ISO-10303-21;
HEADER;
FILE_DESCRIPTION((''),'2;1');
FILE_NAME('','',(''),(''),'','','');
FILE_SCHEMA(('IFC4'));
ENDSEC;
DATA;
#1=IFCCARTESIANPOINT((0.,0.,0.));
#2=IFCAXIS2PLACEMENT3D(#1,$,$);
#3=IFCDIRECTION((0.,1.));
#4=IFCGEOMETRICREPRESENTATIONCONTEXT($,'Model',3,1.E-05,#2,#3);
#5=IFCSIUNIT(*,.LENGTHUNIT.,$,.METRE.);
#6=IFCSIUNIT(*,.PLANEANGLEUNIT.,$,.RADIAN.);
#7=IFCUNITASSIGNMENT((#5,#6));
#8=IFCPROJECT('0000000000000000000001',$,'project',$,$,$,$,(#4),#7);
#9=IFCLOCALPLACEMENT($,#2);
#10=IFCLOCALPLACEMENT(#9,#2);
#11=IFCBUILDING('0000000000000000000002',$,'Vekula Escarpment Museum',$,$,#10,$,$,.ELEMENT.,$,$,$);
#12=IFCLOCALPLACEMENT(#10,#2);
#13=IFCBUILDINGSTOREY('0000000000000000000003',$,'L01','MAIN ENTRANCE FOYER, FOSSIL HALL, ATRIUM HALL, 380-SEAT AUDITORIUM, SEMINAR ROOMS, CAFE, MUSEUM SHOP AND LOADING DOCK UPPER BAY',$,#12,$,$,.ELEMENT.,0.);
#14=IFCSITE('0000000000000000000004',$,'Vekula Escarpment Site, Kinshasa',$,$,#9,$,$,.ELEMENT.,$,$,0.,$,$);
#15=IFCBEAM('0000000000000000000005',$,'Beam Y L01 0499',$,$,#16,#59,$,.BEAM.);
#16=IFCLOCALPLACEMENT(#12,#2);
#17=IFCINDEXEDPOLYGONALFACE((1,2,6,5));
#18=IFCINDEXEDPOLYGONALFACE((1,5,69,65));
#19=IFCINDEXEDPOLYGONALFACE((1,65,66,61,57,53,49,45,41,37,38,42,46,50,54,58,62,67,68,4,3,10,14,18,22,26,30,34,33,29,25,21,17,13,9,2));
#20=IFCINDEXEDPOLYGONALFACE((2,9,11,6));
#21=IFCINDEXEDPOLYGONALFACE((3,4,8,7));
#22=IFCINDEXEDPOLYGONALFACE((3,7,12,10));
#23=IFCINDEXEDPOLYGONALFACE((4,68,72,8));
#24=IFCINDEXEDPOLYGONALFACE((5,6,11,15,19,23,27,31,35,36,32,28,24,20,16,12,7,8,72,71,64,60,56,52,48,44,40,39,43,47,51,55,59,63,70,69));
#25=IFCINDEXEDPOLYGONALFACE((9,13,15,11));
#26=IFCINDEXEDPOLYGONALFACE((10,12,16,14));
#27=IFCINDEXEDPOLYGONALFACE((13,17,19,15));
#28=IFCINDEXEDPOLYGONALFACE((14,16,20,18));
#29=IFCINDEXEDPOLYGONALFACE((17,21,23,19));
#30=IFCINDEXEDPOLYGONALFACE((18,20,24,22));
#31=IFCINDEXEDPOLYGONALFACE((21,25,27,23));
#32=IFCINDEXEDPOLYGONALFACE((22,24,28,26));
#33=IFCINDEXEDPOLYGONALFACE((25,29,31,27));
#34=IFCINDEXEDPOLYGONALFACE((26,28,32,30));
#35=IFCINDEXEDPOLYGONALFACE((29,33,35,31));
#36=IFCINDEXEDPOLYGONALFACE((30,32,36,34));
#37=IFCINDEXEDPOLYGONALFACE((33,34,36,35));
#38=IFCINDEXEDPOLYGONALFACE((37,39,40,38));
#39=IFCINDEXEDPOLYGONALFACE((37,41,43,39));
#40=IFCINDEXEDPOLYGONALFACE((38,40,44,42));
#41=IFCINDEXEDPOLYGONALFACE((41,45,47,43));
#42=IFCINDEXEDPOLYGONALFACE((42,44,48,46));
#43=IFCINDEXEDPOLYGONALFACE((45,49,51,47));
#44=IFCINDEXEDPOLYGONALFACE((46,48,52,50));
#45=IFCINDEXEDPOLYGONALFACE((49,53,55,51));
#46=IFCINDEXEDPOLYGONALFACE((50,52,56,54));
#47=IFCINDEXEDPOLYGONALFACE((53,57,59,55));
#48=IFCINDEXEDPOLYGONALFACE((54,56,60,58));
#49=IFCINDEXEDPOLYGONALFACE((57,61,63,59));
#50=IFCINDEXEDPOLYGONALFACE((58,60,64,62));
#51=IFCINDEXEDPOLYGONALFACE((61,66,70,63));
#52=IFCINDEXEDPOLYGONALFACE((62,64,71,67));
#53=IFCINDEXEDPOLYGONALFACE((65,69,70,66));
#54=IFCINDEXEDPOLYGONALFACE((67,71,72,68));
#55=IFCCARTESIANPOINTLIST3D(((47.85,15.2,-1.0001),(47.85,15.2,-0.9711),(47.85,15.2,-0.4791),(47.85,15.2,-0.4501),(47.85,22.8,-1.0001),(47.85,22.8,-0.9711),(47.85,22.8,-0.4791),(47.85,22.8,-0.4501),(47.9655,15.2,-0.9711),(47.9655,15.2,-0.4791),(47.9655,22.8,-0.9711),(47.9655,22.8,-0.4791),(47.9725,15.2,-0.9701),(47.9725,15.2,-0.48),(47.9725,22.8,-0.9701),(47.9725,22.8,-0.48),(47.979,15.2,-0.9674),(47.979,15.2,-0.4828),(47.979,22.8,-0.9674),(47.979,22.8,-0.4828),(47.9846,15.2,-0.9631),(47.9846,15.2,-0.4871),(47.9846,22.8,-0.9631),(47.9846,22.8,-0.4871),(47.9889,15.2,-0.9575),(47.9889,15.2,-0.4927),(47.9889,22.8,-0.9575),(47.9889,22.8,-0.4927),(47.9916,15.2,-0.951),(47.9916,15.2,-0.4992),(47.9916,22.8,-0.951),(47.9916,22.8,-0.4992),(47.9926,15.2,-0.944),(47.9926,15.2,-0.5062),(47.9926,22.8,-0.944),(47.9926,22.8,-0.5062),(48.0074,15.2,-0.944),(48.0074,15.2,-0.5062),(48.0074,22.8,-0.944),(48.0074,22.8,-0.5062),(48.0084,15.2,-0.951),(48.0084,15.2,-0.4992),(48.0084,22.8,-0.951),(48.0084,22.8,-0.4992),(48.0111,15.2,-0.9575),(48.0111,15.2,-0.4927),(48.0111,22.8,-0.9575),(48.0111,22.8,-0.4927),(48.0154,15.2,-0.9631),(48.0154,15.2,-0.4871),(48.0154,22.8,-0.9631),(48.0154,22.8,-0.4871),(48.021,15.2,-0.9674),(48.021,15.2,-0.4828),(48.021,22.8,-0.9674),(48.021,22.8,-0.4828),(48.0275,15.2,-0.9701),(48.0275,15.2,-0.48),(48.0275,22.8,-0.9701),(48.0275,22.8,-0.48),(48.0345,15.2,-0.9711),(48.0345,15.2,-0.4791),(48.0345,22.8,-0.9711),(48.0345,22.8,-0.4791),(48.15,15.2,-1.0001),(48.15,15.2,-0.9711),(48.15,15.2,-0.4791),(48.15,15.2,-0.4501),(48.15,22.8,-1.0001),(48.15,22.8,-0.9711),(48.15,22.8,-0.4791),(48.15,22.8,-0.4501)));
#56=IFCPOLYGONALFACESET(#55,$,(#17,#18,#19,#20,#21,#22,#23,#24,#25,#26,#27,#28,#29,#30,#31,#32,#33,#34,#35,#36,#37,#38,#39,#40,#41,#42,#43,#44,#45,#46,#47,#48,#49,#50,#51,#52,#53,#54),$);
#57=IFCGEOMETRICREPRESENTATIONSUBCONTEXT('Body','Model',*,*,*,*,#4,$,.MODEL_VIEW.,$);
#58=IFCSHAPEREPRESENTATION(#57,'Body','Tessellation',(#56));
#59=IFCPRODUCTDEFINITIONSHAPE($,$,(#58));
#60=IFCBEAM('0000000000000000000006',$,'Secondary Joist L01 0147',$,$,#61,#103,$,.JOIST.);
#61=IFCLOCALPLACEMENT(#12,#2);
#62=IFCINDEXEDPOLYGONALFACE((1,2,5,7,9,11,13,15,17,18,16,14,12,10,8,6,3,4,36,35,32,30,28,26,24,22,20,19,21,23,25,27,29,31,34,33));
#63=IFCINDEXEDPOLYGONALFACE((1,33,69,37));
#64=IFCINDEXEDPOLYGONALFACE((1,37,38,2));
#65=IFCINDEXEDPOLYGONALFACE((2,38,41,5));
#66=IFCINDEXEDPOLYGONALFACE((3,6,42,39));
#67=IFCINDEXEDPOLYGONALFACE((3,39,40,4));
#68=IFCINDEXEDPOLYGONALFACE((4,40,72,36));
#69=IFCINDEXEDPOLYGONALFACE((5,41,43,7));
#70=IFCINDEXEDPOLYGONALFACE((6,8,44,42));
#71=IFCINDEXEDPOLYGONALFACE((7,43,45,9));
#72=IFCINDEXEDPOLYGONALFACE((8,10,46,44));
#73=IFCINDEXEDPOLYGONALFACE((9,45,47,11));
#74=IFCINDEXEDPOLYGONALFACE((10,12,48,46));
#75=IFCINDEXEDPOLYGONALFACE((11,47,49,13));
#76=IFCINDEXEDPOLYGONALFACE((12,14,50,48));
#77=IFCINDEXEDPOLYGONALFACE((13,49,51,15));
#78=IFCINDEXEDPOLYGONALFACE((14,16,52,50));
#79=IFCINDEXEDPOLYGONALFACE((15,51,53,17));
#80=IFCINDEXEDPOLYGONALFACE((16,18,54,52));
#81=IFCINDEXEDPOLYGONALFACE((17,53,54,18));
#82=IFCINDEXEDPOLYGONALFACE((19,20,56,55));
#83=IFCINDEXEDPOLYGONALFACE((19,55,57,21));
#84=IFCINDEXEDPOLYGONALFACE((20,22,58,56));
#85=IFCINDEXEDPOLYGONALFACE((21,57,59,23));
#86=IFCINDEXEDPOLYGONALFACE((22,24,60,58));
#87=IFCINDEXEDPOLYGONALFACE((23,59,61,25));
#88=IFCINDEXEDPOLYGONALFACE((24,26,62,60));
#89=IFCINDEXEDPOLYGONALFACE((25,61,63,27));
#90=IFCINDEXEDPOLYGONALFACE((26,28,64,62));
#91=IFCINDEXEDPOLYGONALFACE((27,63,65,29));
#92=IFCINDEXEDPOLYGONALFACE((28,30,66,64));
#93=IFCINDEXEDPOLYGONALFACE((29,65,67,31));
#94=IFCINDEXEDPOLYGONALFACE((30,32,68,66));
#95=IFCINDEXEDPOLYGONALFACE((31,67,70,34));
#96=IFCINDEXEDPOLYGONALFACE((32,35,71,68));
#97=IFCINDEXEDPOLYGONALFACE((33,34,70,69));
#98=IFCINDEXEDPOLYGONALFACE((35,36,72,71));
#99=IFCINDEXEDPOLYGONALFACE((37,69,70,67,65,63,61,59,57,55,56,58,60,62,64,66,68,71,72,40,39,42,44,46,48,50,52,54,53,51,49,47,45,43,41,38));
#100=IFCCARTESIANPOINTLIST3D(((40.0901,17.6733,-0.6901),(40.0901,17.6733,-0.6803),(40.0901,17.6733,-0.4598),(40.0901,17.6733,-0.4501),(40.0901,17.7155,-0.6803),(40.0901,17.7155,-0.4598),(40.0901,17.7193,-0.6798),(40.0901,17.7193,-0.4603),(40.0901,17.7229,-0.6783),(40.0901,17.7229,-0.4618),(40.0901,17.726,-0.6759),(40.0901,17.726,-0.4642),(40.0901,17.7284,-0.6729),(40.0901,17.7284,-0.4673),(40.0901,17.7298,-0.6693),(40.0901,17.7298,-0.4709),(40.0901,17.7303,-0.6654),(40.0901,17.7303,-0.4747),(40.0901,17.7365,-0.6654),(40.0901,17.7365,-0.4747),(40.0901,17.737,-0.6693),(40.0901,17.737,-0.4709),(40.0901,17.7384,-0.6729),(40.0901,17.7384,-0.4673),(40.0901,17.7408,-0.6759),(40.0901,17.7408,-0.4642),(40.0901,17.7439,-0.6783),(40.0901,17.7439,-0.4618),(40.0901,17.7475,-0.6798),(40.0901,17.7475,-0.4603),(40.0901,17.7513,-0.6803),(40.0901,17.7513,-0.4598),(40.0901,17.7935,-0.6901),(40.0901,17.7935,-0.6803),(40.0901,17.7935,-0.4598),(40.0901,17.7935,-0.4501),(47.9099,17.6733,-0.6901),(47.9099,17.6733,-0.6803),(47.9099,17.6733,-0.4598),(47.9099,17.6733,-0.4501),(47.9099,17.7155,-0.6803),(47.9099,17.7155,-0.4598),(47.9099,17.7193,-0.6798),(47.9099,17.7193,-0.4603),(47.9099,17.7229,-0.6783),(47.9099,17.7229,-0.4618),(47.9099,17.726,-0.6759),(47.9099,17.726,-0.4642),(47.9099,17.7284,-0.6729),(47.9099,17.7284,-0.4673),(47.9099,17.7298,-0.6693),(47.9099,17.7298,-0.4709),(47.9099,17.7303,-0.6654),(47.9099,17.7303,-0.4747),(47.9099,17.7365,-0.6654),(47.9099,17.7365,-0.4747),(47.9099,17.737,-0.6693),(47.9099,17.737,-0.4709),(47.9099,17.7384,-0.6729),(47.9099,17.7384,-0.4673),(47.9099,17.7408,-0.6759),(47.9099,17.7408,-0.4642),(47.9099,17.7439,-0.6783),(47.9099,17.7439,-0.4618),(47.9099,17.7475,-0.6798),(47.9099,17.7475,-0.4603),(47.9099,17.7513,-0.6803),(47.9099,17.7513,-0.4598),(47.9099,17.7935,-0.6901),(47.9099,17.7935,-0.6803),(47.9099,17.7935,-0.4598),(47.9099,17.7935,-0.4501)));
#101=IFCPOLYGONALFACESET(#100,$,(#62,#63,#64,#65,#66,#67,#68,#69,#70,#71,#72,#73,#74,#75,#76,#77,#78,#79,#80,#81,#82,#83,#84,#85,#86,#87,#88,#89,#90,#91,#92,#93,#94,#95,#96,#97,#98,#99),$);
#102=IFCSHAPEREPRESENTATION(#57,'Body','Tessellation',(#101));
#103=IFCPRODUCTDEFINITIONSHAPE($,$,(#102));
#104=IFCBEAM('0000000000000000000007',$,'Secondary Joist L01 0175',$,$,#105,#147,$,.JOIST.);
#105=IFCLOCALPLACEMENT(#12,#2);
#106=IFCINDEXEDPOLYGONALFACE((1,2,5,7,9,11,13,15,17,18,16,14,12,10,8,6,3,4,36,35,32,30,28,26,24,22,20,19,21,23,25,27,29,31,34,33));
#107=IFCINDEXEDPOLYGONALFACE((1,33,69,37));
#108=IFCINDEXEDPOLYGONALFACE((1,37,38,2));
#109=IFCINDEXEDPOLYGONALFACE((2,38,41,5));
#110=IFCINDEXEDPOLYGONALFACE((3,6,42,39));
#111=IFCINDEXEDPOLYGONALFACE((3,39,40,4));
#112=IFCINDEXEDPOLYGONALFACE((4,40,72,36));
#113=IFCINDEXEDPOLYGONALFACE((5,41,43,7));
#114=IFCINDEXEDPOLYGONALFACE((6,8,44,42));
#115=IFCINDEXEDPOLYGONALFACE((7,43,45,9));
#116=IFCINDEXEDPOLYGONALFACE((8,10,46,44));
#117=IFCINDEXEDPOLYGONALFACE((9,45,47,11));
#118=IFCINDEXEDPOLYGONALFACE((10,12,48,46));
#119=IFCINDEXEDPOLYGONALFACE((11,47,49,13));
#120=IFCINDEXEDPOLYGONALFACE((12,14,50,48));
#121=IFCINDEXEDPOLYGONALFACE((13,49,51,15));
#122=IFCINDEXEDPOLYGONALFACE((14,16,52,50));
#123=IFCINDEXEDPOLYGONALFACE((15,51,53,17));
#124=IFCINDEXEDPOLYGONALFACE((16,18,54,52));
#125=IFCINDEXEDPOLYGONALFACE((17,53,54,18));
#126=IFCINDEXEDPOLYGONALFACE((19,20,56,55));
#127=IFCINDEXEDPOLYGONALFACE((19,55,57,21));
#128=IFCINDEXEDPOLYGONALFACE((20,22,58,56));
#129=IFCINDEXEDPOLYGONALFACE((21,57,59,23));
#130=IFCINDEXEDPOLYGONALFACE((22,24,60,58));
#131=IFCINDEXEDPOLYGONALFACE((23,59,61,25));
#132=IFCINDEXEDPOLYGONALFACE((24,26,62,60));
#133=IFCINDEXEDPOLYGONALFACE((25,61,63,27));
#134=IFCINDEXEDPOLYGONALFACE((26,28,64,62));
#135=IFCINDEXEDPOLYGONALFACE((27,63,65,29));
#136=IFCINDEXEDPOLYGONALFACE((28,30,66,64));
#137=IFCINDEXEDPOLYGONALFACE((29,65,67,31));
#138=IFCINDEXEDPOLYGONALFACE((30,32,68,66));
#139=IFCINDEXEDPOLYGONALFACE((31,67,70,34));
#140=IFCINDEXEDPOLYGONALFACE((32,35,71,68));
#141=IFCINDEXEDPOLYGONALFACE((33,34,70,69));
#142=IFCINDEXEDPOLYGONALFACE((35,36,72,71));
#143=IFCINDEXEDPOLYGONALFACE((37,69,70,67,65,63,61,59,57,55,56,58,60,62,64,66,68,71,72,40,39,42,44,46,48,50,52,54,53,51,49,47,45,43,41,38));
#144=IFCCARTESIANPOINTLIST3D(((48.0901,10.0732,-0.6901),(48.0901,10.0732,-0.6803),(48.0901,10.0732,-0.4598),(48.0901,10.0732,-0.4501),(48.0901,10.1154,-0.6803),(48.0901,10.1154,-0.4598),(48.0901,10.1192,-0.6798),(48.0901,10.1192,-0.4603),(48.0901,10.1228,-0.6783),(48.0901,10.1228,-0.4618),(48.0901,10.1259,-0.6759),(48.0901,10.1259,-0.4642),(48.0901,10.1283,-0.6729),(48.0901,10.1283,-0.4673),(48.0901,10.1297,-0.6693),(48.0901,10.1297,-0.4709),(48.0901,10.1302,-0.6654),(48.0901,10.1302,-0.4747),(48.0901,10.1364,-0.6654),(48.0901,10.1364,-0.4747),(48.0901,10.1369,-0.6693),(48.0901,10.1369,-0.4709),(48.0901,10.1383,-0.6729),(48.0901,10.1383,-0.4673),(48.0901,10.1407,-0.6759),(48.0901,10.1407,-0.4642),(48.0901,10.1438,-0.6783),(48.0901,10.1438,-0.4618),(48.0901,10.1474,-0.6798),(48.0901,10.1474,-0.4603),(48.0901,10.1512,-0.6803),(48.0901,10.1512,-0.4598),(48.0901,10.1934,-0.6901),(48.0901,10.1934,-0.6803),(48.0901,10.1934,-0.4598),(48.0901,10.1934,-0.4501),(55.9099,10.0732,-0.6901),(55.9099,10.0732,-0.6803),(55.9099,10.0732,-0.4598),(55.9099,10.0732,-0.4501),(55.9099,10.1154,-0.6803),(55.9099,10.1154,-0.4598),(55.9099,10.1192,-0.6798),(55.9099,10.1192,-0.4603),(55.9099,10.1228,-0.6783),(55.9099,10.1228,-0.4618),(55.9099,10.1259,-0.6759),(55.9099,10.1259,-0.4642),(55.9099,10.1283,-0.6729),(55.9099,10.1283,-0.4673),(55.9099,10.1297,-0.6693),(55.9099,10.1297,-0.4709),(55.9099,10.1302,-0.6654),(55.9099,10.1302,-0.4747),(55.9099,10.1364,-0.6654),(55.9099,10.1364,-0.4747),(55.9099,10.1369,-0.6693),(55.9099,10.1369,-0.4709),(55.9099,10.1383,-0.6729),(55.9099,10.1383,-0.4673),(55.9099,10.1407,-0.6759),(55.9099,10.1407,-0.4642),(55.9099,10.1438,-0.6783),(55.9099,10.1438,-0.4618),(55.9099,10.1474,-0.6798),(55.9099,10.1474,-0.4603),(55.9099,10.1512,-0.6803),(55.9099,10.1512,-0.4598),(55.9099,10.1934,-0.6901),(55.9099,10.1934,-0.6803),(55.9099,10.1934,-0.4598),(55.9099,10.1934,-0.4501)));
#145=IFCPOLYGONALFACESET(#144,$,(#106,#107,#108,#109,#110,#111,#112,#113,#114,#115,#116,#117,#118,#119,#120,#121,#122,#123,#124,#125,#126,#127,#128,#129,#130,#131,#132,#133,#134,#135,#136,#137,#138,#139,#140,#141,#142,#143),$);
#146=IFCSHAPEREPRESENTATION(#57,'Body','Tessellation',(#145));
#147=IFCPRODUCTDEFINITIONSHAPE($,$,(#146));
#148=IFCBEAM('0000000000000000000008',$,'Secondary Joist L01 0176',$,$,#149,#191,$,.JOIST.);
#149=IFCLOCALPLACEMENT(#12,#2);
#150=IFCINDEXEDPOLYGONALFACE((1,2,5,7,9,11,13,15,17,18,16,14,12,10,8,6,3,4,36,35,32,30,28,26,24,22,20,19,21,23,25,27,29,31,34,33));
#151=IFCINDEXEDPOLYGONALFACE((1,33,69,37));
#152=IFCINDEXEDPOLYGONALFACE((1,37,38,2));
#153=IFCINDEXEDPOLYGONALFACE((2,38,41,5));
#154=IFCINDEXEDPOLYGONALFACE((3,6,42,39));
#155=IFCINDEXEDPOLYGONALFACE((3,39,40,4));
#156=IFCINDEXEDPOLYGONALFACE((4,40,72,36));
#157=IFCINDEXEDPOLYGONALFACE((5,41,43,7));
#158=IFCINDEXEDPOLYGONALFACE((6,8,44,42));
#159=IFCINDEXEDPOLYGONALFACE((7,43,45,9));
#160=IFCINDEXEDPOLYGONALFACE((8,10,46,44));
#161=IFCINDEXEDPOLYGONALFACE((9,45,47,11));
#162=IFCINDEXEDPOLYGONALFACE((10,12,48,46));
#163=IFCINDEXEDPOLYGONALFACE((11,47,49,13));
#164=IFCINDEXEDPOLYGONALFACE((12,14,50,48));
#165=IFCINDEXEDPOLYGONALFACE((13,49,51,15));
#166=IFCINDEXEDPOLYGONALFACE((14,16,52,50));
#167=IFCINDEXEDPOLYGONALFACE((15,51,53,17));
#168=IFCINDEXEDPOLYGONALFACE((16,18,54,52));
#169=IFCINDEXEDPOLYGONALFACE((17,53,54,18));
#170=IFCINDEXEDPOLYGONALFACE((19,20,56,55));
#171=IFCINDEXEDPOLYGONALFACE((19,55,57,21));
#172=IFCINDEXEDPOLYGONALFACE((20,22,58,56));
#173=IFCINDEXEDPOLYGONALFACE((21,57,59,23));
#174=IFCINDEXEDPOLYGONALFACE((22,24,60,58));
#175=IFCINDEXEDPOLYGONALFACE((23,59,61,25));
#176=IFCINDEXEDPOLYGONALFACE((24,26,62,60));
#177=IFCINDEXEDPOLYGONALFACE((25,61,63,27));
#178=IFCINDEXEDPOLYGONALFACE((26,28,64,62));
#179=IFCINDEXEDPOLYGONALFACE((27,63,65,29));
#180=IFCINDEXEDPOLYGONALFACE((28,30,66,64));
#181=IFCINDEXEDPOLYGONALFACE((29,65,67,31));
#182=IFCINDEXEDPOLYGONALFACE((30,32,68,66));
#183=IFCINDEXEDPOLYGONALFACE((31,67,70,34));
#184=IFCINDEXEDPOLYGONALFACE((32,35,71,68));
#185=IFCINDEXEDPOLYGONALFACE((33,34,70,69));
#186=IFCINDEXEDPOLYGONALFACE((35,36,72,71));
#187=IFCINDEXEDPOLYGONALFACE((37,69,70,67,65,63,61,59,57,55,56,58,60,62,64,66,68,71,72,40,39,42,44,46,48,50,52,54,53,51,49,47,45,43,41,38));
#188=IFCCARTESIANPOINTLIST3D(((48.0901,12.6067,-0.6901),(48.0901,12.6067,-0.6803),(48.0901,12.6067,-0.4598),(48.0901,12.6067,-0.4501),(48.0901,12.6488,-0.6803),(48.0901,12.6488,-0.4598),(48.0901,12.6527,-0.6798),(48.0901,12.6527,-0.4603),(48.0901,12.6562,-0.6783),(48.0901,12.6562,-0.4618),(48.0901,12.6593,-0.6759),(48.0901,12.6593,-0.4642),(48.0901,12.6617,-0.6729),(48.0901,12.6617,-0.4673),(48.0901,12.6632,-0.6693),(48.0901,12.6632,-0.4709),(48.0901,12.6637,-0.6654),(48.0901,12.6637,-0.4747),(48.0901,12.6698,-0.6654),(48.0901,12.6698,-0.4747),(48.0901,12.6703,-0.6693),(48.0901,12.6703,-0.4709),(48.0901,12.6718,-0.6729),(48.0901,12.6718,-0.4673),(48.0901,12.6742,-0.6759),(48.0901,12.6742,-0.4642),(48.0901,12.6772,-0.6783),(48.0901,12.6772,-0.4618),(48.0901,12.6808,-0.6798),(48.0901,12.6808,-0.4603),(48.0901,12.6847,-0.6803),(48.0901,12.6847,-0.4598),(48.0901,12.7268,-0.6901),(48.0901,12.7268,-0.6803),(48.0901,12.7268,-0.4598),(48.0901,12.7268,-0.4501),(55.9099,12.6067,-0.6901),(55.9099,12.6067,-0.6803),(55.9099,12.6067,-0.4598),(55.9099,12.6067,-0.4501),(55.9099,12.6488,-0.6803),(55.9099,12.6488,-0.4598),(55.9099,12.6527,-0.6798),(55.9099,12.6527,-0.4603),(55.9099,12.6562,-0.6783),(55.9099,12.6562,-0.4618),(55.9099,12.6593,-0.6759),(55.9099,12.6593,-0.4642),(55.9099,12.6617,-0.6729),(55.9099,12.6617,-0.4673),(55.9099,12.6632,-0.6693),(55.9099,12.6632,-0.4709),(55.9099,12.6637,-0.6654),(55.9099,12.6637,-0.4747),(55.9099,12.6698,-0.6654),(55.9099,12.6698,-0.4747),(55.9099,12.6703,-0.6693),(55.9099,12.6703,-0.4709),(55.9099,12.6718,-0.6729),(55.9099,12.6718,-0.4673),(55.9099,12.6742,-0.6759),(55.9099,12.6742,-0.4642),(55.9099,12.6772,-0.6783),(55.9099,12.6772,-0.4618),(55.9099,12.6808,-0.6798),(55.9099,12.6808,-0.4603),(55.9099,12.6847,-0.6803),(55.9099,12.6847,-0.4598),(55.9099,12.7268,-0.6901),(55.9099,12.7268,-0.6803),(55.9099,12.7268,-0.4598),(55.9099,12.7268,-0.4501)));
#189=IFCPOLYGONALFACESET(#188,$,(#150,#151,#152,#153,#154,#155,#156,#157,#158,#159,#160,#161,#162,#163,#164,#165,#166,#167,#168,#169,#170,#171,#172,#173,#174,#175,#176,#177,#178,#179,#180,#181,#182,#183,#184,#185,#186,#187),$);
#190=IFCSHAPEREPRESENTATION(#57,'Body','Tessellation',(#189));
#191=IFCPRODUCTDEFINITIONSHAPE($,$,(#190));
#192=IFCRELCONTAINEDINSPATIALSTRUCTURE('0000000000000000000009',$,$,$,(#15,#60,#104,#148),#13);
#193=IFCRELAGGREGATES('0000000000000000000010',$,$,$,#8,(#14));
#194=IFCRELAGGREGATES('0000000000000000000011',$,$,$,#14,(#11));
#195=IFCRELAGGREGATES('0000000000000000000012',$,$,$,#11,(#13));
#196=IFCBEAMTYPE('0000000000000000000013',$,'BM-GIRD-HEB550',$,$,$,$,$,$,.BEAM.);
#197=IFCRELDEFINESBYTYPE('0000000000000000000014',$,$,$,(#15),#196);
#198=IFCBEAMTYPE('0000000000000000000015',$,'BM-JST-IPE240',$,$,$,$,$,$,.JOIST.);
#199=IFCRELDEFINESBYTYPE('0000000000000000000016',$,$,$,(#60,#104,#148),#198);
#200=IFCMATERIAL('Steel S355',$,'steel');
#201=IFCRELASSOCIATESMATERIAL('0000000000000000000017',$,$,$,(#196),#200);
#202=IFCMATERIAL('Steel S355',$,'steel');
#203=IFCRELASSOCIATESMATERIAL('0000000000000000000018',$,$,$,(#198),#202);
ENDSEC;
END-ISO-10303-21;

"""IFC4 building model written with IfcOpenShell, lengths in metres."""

from ifc_helpers import new_model, si_unit, direction, frame, origin, origin_2d, place, context, subcontext, project, spatial, i_section, extrude, material, material_profile, profile_set, type_object, element, save


model = new_model("IFC4")

# Units and contexts
model_context = context("Model", 3, precision=1e-05, world=origin(), true_north=direction((0.0, 1.0)))
body_context = subcontext(model_context, "Body", "Model", "MODEL_VIEW")
ifc_project = project(units=[si_unit("LENGTHUNIT", "METRE"), si_unit("PLANEANGLEUNIT", "RADIAN")], contexts=[model_context])

# Site, building, storey
site_placement = place(None, origin())
site = spatial("IfcSite", under=ifc_project, at=site_placement, Name="Vekula Escarpment Site, Kinshasa", CompositionType="ELEMENT", RefElevation=0.0)
building_placement = place(site_placement, origin())
building = spatial("IfcBuilding", under=site, at=building_placement, Name="Vekula Escarpment Museum", CompositionType="ELEMENT")
storey_placement = place(building_placement, origin())
storey = spatial("IfcBuildingStorey", under=building, at=storey_placement, Name="L01", Description="MAIN ENTRANCE FOYER, FOSSIL HALL, ATRIUM HALL, 380-SEAT AUDITORIUM, SEMINAR ROOMS, CAFE, MUSEUM SHOP AND LOADING DOCK UPPER BAY", CompositionType="ELEMENT", Elevation=0.0)

# Beams
ifc_material_1 = material(Name="Steel S355", Category="steel")
ifc_material_profile_1 = material_profile(ifc_material_1, i_section(OverallWidth=0.3, OverallDepth=0.55, WebThickness=0.0149, FlangeThickness=0.0291, FilletRadius=0.0271, at=origin_2d()), Name="HEB 550")
ifc_profile_set_1 = profile_set([ifc_material_profile_1], Name="Steel S355")
beam_type_1 = type_object("IfcBeamType", Name="BM-GIRD-HEB550", PredefinedType="BEAM", material=ifc_profile_set_1)
beam_1_placement = place(storey_placement, frame((48.0, 15.2, -0.7251), z_axis=(0.0, 1.0, 0.0), x_axis=(-1.0, 0.0, 0.0)))
element("IfcBeam", 1, at=beam_1_placement, inside=storey, type_object=beam_type_1, Name="Beam Y L01 0499", PredefinedType="BEAM", context=body_context, shape_type="SweptSolid", body=[
    extrude(i_section(OverallWidth=0.3, OverallDepth=0.55, WebThickness=0.0149, FlangeThickness=0.0291, FilletRadius=0.0271, at=origin_2d()), origin(), (0.0, 0.0, 1.0), 7.6001),
])
ifc_material_2 = material(Name="Steel S355", Category="steel")
ifc_material_profile_2 = material_profile(ifc_material_2, i_section(OverallWidth=0.1201, OverallDepth=0.24, WebThickness=0.0061, FlangeThickness=0.0098, FilletRadius=0.0149, at=origin_2d()), Name="IPE 240")
ifc_profile_set_2 = profile_set([ifc_material_profile_2], Name="Steel S355")
beam_type_2 = type_object("IfcBeamType", Name="BM-JST-IPE240", PredefinedType="JOIST", material=ifc_profile_set_2)
for number, where, z_axis, x_axis, name in (
    (2, (40.0901, 17.7334, -0.5701), (1.0, 0.0, 0.0), (0.0, 1.0, 0.0), "Secondary Joist L01 0147"),
    (3, (48.0901, 10.1333, -0.5701), (1.0, 0.0, 0.0), (0.0, 1.0, 0.0), "Secondary Joist L01 0175"),
    (4, (48.0901, 12.6667, -0.5701), (1.0, 0.0, 0.0), (0.0, 1.0, 0.0), "Secondary Joist L01 0176"),
):
    element("IfcBeam", number, at=place(storey_placement, frame(where, z_axis=z_axis, x_axis=x_axis)), inside=storey, type_object=beam_type_2, Name=name, PredefinedType="JOIST", context=body_context, shape_type="SweptSolid", body=[
        extrude(i_section(OverallWidth=0.1201, OverallDepth=0.24, WebThickness=0.0061, FlangeThickness=0.0098, FilletRadius=0.0149, at=origin_2d()), origin(), (0.0, 0.0, 1.0), 7.8198),
    ])

save(model, "model.ifc")
